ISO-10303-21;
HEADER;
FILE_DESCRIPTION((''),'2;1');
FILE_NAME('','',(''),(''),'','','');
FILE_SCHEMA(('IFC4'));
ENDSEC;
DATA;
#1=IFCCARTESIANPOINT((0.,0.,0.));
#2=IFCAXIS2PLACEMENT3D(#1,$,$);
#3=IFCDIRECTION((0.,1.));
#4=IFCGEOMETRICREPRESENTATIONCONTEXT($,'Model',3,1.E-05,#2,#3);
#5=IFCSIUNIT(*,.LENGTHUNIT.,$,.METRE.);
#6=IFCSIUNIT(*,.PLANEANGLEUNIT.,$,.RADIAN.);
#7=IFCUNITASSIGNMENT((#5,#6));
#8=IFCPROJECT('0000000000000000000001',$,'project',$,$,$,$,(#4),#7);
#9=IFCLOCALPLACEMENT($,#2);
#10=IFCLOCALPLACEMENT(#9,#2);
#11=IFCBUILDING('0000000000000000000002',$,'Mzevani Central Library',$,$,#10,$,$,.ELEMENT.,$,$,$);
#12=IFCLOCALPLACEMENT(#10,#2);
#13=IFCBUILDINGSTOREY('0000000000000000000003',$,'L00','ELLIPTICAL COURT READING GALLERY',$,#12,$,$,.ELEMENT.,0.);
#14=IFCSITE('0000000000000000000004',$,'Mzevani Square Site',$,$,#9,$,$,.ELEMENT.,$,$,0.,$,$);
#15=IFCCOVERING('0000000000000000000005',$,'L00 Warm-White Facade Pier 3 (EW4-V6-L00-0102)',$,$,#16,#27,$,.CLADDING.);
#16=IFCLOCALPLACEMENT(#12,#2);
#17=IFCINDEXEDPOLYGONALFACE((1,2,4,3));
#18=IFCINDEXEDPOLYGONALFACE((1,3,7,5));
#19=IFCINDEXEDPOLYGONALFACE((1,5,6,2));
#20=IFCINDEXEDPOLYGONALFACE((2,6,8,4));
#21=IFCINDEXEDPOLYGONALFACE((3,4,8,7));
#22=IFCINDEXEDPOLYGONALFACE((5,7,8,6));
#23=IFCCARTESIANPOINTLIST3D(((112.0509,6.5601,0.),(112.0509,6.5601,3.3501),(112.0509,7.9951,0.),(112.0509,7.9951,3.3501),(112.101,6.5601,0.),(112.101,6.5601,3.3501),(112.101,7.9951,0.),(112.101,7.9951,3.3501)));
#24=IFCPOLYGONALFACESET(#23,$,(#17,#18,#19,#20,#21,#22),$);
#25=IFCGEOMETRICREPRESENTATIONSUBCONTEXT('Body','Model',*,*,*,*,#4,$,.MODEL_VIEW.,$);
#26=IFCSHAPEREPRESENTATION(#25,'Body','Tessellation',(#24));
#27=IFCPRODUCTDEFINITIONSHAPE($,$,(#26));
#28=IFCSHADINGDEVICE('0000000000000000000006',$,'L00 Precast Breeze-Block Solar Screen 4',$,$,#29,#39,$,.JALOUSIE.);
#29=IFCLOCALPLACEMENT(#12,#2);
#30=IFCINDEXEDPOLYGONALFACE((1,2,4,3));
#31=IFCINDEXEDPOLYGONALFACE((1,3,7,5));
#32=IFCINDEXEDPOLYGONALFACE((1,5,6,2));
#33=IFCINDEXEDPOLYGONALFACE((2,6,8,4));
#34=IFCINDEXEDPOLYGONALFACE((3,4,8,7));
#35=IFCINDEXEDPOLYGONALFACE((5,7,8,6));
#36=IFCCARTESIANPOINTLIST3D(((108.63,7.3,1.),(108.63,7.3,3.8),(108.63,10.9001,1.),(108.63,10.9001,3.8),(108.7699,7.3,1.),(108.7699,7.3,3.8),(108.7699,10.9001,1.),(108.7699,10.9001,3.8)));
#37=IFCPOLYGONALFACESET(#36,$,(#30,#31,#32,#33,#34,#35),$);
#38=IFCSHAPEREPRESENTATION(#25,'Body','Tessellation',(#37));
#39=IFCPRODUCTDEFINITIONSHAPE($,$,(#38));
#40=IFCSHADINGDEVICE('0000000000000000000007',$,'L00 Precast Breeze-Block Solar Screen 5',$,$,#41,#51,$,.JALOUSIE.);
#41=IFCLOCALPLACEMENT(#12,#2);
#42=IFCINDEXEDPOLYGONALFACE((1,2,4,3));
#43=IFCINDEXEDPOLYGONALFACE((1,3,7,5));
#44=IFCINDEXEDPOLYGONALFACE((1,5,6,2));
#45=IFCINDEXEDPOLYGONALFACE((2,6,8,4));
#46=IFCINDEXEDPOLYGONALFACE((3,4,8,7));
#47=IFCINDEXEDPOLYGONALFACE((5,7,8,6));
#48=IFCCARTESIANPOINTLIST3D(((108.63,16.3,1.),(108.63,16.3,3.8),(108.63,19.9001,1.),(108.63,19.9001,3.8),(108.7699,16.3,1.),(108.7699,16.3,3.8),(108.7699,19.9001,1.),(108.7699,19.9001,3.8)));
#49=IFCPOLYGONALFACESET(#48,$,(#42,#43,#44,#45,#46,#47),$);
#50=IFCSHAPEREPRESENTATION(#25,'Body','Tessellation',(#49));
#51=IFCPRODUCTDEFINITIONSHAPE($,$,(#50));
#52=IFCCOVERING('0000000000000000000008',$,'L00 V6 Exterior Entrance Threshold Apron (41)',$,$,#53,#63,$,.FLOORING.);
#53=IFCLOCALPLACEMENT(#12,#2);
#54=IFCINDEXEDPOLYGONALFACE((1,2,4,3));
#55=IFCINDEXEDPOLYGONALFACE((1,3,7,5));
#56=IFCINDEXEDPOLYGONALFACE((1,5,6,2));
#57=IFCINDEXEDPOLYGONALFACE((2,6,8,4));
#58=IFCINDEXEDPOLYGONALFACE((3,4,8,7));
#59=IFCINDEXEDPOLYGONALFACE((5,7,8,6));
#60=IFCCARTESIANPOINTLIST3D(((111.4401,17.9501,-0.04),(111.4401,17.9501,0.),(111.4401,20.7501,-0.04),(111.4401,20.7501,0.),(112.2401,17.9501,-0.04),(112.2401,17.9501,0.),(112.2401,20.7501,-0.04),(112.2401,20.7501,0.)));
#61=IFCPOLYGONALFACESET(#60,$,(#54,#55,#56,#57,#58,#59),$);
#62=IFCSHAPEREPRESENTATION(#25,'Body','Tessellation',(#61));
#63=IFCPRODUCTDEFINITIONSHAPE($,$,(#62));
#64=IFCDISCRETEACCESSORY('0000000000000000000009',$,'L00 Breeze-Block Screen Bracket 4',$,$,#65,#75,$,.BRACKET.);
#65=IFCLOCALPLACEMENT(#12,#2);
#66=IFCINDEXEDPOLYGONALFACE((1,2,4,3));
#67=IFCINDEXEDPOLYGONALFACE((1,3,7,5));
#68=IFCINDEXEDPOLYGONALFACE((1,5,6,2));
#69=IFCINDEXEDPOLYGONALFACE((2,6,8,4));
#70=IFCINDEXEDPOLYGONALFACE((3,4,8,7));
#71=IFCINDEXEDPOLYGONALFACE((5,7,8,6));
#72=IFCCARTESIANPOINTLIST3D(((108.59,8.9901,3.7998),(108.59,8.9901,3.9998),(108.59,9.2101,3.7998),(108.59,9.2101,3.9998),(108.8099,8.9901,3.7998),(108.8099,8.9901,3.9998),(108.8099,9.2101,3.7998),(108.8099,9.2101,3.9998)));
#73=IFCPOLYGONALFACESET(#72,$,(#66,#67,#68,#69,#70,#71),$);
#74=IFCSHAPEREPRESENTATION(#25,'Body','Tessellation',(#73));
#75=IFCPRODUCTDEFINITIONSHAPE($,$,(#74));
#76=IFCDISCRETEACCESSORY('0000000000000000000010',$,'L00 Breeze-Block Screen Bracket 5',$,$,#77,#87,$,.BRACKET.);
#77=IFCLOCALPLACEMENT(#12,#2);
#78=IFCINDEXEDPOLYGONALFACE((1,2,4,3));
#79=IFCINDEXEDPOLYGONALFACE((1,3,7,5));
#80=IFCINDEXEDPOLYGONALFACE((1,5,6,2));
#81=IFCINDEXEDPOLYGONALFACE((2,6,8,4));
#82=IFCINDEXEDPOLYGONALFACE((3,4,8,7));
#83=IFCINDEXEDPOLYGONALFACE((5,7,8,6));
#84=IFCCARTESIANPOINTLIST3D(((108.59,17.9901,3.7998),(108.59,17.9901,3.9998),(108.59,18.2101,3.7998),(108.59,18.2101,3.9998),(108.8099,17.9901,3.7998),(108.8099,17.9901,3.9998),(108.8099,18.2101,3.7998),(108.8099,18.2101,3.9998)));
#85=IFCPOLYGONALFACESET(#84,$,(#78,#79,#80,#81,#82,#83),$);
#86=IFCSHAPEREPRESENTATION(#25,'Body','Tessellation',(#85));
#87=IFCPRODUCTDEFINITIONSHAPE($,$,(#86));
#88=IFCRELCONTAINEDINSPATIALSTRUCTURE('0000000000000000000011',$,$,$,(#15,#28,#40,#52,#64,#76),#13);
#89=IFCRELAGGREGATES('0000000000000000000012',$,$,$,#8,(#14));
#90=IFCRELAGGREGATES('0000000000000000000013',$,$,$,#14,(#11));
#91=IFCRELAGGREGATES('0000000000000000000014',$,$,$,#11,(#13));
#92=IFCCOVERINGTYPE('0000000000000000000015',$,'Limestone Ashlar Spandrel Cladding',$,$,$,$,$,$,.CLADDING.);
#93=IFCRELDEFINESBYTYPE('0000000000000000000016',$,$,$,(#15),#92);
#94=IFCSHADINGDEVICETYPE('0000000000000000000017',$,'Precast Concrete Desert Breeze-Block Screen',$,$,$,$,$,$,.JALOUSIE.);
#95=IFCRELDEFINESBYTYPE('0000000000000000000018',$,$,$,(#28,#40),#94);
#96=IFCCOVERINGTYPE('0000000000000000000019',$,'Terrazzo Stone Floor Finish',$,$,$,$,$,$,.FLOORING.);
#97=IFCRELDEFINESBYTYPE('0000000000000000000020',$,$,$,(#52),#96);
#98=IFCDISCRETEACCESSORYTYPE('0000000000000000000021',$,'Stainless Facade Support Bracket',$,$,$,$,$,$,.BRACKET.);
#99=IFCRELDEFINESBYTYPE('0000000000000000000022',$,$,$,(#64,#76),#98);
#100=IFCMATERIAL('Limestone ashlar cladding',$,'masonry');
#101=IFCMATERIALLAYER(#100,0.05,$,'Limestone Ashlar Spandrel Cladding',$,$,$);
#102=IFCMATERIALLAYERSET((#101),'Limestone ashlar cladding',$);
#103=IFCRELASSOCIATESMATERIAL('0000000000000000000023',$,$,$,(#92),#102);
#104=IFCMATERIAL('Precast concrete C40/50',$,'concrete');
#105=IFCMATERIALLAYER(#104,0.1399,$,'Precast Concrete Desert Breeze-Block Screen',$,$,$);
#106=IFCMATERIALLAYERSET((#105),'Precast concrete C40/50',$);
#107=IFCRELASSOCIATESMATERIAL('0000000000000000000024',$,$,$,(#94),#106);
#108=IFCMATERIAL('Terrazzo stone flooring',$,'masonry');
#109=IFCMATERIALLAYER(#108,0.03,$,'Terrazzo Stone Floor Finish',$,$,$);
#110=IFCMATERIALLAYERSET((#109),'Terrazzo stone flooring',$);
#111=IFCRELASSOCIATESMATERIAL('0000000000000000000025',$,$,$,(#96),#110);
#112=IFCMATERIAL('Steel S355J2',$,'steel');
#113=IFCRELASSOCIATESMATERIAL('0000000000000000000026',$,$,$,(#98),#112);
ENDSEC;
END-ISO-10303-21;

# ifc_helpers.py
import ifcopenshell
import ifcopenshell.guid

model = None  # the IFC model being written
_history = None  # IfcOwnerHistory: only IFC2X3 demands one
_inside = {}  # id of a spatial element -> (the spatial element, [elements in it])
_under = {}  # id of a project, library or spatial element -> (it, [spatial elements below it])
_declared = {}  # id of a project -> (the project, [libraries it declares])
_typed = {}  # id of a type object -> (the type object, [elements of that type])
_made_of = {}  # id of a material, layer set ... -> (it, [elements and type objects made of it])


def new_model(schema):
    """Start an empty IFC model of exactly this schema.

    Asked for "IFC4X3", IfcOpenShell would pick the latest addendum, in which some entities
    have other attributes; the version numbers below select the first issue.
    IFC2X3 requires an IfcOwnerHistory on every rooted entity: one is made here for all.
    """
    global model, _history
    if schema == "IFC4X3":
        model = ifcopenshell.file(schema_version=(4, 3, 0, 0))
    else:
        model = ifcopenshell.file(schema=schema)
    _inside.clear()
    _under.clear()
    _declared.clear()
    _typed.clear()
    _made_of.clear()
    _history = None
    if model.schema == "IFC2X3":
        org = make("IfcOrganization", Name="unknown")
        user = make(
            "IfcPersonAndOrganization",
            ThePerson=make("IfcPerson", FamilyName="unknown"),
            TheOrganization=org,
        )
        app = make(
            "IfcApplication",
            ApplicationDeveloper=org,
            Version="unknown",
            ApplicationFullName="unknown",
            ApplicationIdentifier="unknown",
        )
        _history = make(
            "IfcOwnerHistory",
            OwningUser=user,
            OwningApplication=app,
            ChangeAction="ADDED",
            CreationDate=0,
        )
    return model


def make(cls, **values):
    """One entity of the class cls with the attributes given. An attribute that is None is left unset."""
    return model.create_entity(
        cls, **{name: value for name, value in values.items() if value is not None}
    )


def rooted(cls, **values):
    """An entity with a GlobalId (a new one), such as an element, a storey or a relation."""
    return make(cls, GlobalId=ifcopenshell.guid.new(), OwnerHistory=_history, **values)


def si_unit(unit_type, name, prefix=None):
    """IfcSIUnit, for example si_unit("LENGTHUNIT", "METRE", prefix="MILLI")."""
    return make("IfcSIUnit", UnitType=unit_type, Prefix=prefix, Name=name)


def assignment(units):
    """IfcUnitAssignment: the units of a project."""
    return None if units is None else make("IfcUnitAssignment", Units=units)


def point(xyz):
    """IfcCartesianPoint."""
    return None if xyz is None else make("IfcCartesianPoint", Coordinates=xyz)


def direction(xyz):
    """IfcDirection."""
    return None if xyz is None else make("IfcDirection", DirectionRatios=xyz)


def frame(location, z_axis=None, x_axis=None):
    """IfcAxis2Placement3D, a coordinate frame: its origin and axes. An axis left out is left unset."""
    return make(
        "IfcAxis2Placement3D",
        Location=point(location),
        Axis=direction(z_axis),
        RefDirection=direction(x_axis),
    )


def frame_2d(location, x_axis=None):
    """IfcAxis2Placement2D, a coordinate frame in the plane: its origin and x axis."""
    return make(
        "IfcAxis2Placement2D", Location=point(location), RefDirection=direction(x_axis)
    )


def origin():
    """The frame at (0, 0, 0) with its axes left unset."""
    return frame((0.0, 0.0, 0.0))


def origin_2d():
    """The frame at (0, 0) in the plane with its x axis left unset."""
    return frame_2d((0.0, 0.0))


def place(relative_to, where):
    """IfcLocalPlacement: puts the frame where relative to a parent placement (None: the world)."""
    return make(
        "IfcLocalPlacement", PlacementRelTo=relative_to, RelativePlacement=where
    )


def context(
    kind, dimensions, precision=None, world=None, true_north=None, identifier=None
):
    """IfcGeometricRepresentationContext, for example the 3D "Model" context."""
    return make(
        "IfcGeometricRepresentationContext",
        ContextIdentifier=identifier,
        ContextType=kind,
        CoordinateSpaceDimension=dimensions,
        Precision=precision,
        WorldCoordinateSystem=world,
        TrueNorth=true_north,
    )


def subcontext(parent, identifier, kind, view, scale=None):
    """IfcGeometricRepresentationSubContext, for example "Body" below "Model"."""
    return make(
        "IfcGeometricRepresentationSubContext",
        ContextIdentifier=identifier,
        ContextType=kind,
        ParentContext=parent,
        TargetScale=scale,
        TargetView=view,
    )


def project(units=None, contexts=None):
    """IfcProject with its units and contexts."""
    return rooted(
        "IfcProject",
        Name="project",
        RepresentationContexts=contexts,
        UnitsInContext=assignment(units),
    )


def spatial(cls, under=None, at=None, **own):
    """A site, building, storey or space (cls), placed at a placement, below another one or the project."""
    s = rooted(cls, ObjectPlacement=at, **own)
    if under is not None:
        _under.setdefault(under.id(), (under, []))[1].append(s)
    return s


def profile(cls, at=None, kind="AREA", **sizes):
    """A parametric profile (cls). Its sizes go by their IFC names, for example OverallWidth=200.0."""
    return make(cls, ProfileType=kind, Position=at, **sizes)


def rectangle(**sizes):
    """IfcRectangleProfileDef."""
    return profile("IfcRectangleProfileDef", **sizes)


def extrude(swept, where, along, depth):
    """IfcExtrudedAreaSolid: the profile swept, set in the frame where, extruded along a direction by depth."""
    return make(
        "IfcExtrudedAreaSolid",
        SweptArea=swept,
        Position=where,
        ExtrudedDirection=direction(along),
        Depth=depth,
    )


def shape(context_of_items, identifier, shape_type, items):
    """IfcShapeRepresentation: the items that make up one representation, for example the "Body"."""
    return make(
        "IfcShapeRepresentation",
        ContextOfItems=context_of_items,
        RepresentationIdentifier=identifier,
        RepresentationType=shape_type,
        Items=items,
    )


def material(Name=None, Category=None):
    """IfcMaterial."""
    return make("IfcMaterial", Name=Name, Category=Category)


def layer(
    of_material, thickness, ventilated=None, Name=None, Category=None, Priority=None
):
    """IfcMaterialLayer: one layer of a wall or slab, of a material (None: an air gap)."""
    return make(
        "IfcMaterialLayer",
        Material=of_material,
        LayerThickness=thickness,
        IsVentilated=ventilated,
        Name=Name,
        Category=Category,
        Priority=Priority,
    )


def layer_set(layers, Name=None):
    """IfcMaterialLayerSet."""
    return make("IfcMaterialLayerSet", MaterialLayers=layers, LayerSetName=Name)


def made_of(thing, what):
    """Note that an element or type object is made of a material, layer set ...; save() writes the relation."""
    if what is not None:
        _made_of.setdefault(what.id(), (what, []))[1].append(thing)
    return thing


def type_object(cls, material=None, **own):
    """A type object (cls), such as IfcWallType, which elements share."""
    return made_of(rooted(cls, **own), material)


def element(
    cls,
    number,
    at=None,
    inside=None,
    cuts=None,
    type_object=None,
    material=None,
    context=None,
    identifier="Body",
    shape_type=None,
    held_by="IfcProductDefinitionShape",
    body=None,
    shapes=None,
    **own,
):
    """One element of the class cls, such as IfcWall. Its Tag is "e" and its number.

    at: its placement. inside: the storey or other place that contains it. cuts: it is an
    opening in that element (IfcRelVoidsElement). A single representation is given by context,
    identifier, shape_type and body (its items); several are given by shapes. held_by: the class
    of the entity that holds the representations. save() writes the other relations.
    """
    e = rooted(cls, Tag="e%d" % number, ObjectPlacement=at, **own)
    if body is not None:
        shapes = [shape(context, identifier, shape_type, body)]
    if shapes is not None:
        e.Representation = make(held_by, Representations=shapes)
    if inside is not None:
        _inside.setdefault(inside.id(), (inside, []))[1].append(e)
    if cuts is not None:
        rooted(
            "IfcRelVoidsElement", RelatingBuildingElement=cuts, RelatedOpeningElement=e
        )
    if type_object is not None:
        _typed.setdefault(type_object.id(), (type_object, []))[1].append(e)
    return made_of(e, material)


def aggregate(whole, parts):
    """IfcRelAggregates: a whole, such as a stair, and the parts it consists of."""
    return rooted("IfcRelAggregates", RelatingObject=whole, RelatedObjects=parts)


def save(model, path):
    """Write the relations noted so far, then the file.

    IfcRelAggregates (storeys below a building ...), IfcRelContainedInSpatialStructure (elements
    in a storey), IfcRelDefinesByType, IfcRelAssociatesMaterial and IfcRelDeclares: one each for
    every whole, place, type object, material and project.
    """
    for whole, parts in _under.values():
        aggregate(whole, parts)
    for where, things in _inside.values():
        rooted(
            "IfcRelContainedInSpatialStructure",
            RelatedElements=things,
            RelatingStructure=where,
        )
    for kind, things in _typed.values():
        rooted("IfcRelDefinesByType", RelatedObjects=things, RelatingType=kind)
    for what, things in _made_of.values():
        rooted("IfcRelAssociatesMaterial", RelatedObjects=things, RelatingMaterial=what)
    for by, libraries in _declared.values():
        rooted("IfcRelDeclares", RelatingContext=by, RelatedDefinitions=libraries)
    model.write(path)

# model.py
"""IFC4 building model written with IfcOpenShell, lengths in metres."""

from ifc_helpers import new_model, si_unit, direction, frame, origin, origin_2d, place, context, subcontext, project, spatial, rectangle, extrude, material, layer, layer_set, type_object, element, save


model = new_model("IFC4")

# Units and contexts
model_context = context("Model", 3, precision=1e-05, world=origin(), true_north=direction((0.0, 1.0)))
body_context = subcontext(model_context, "Body", "Model", "MODEL_VIEW")
ifc_project = project(units=[si_unit("LENGTHUNIT", "METRE"), si_unit("PLANEANGLEUNIT", "RADIAN")], contexts=[model_context])

# Site, building, storey
site_placement = place(None, origin())
site = spatial("IfcSite", under=ifc_project, at=site_placement, Name="Mzevani Square Site", CompositionType="ELEMENT", RefElevation=0.0)
building_placement = place(site_placement, origin())
building = spatial("IfcBuilding", under=site, at=building_placement, Name="Mzevani Central Library", CompositionType="ELEMENT")
storey_placement = place(building_placement, origin())
storey = spatial("IfcBuildingStorey", under=building, at=storey_placement, Name="L00", Description="ELLIPTICAL COURT READING GALLERY", CompositionType="ELEMENT", Elevation=0.0)

# Shared definitions
ifc_material_1 = material(Name="Precast concrete C40/50", Category="concrete")

# Shared definitions
ifc_material_2 = material(Name="Steel S355J2", Category="steel")

# Covering
ifc_material_3 = material(Name="Limestone ashlar cladding", Category="masonry")
ifc_layer_1 = layer(ifc_material_3, 0.05, Name="Limestone Ashlar Spandrel Cladding")
ifc_layer_set_1 = layer_set([ifc_layer_1], Name="Limestone ashlar cladding")
covering_type_1 = type_object("IfcCoveringType", Name="Limestone Ashlar Spandrel Cladding", PredefinedType="CLADDING", material=ifc_layer_set_1)
covering_1_placement = place(storey_placement, frame((112.0759, 7.2776, 0.0), z_axis=(0.0, 0.0, 1.0), x_axis=(0.0, 1.0, 0.0)))
element("IfcCovering", 1, at=covering_1_placement, inside=storey, type_object=covering_type_1, Name="L00 Warm-White Facade Pier 3 (EW4-V6-L00-0102)", PredefinedType="CLADDING", context=body_context, shape_type="SweptSolid", body=[
    extrude(rectangle(XDim=1.4351, YDim=0.05, at=origin_2d()), origin(), (0.0, 0.0, 1.0), 3.3501),
])

# Shading devices
ifc_layer_2 = layer(ifc_material_1, 0.1399, Name="Precast Concrete Desert Breeze-Block Screen")
ifc_layer_set_2 = layer_set([ifc_layer_2], Name="Precast concrete C40/50")
shading_device_type = type_object("IfcShadingDeviceType", Name="Precast Concrete Desert Breeze-Block Screen", PredefinedType="JALOUSIE", material=ifc_layer_set_2)
for number, where, z_axis, x_axis, name in (
    (2, (108.7, 9.1001, 1.0), (0.0, 0.0, 1.0), (1.0, 0.0, 0.0), "L00 Precast Breeze-Block Solar Screen 4"),
    (3, (108.7, 18.1001, 1.0), (0.0, 0.0, 1.0), (1.0, 0.0, 0.0), "L00 Precast Breeze-Block Solar Screen 5"),
):
    element("IfcShadingDevice", number, at=place(storey_placement, frame(where, z_axis=z_axis, x_axis=x_axis)), inside=storey, type_object=shading_device_type, Name=name, PredefinedType="JALOUSIE", context=body_context, shape_type="SweptSolid", body=[
        extrude(rectangle(XDim=0.1399, YDim=3.6001, at=origin_2d()), origin(), (0.0, 0.0, 1.0), 2.8),
    ])

# Covering
ifc_material_4 = material(Name="Terrazzo stone flooring", Category="masonry")
ifc_layer_3 = layer(ifc_material_4, 0.03, Name="Terrazzo Stone Floor Finish")
ifc_layer_set_3 = layer_set([ifc_layer_3], Name="Terrazzo stone flooring")
covering_type_2 = type_object("IfcCoveringType", Name="Terrazzo Stone Floor Finish", PredefinedType="FLOORING", material=ifc_layer_set_3)
covering_2_placement = place(storey_placement, frame((111.8401, 19.3501, -0.04), z_axis=(0.0, 0.0, 1.0), x_axis=(0.0, 1.0, 0.0)))
element("IfcCovering", 4, at=covering_2_placement, inside=storey, type_object=covering_type_2, Name="L00 V6 Exterior Entrance Threshold Apron (41)", PredefinedType="FLOORING", context=body_context, shape_type="SweptSolid", body=[
    extrude(rectangle(XDim=2.8, YDim=0.8, at=origin_2d()), origin(), (0.0, 0.0, 1.0), 0.04),
])

# Discrete accessories
discrete_accessory_type = type_object("IfcDiscreteAccessoryType", Name="Stainless Facade Support Bracket", PredefinedType="BRACKET", material=ifc_material_2)
for number, where, z_axis, x_axis, name in (
    (5, (108.7, 9.1001, 3.7998), (0.0, 0.0, 1.0), (1.0, 0.0, 0.0), "L00 Breeze-Block Screen Bracket 4"),
    (6, (108.7, 18.1001, 3.7998), (0.0, 0.0, 1.0), (1.0, 0.0, 0.0), "L00 Breeze-Block Screen Bracket 5"),
):
    element("IfcDiscreteAccessory", number, at=place(storey_placement, frame(where, z_axis=z_axis, x_axis=x_axis)), inside=storey, type_object=discrete_accessory_type, Name=name, PredefinedType="BRACKET", context=body_context, shape_type="SweptSolid", body=[
        extrude(rectangle(XDim=0.22, YDim=0.22, at=origin_2d()), origin(), (0.0, 0.0, 1.0), 0.2),
    ])

save(model, "model.ifc")
